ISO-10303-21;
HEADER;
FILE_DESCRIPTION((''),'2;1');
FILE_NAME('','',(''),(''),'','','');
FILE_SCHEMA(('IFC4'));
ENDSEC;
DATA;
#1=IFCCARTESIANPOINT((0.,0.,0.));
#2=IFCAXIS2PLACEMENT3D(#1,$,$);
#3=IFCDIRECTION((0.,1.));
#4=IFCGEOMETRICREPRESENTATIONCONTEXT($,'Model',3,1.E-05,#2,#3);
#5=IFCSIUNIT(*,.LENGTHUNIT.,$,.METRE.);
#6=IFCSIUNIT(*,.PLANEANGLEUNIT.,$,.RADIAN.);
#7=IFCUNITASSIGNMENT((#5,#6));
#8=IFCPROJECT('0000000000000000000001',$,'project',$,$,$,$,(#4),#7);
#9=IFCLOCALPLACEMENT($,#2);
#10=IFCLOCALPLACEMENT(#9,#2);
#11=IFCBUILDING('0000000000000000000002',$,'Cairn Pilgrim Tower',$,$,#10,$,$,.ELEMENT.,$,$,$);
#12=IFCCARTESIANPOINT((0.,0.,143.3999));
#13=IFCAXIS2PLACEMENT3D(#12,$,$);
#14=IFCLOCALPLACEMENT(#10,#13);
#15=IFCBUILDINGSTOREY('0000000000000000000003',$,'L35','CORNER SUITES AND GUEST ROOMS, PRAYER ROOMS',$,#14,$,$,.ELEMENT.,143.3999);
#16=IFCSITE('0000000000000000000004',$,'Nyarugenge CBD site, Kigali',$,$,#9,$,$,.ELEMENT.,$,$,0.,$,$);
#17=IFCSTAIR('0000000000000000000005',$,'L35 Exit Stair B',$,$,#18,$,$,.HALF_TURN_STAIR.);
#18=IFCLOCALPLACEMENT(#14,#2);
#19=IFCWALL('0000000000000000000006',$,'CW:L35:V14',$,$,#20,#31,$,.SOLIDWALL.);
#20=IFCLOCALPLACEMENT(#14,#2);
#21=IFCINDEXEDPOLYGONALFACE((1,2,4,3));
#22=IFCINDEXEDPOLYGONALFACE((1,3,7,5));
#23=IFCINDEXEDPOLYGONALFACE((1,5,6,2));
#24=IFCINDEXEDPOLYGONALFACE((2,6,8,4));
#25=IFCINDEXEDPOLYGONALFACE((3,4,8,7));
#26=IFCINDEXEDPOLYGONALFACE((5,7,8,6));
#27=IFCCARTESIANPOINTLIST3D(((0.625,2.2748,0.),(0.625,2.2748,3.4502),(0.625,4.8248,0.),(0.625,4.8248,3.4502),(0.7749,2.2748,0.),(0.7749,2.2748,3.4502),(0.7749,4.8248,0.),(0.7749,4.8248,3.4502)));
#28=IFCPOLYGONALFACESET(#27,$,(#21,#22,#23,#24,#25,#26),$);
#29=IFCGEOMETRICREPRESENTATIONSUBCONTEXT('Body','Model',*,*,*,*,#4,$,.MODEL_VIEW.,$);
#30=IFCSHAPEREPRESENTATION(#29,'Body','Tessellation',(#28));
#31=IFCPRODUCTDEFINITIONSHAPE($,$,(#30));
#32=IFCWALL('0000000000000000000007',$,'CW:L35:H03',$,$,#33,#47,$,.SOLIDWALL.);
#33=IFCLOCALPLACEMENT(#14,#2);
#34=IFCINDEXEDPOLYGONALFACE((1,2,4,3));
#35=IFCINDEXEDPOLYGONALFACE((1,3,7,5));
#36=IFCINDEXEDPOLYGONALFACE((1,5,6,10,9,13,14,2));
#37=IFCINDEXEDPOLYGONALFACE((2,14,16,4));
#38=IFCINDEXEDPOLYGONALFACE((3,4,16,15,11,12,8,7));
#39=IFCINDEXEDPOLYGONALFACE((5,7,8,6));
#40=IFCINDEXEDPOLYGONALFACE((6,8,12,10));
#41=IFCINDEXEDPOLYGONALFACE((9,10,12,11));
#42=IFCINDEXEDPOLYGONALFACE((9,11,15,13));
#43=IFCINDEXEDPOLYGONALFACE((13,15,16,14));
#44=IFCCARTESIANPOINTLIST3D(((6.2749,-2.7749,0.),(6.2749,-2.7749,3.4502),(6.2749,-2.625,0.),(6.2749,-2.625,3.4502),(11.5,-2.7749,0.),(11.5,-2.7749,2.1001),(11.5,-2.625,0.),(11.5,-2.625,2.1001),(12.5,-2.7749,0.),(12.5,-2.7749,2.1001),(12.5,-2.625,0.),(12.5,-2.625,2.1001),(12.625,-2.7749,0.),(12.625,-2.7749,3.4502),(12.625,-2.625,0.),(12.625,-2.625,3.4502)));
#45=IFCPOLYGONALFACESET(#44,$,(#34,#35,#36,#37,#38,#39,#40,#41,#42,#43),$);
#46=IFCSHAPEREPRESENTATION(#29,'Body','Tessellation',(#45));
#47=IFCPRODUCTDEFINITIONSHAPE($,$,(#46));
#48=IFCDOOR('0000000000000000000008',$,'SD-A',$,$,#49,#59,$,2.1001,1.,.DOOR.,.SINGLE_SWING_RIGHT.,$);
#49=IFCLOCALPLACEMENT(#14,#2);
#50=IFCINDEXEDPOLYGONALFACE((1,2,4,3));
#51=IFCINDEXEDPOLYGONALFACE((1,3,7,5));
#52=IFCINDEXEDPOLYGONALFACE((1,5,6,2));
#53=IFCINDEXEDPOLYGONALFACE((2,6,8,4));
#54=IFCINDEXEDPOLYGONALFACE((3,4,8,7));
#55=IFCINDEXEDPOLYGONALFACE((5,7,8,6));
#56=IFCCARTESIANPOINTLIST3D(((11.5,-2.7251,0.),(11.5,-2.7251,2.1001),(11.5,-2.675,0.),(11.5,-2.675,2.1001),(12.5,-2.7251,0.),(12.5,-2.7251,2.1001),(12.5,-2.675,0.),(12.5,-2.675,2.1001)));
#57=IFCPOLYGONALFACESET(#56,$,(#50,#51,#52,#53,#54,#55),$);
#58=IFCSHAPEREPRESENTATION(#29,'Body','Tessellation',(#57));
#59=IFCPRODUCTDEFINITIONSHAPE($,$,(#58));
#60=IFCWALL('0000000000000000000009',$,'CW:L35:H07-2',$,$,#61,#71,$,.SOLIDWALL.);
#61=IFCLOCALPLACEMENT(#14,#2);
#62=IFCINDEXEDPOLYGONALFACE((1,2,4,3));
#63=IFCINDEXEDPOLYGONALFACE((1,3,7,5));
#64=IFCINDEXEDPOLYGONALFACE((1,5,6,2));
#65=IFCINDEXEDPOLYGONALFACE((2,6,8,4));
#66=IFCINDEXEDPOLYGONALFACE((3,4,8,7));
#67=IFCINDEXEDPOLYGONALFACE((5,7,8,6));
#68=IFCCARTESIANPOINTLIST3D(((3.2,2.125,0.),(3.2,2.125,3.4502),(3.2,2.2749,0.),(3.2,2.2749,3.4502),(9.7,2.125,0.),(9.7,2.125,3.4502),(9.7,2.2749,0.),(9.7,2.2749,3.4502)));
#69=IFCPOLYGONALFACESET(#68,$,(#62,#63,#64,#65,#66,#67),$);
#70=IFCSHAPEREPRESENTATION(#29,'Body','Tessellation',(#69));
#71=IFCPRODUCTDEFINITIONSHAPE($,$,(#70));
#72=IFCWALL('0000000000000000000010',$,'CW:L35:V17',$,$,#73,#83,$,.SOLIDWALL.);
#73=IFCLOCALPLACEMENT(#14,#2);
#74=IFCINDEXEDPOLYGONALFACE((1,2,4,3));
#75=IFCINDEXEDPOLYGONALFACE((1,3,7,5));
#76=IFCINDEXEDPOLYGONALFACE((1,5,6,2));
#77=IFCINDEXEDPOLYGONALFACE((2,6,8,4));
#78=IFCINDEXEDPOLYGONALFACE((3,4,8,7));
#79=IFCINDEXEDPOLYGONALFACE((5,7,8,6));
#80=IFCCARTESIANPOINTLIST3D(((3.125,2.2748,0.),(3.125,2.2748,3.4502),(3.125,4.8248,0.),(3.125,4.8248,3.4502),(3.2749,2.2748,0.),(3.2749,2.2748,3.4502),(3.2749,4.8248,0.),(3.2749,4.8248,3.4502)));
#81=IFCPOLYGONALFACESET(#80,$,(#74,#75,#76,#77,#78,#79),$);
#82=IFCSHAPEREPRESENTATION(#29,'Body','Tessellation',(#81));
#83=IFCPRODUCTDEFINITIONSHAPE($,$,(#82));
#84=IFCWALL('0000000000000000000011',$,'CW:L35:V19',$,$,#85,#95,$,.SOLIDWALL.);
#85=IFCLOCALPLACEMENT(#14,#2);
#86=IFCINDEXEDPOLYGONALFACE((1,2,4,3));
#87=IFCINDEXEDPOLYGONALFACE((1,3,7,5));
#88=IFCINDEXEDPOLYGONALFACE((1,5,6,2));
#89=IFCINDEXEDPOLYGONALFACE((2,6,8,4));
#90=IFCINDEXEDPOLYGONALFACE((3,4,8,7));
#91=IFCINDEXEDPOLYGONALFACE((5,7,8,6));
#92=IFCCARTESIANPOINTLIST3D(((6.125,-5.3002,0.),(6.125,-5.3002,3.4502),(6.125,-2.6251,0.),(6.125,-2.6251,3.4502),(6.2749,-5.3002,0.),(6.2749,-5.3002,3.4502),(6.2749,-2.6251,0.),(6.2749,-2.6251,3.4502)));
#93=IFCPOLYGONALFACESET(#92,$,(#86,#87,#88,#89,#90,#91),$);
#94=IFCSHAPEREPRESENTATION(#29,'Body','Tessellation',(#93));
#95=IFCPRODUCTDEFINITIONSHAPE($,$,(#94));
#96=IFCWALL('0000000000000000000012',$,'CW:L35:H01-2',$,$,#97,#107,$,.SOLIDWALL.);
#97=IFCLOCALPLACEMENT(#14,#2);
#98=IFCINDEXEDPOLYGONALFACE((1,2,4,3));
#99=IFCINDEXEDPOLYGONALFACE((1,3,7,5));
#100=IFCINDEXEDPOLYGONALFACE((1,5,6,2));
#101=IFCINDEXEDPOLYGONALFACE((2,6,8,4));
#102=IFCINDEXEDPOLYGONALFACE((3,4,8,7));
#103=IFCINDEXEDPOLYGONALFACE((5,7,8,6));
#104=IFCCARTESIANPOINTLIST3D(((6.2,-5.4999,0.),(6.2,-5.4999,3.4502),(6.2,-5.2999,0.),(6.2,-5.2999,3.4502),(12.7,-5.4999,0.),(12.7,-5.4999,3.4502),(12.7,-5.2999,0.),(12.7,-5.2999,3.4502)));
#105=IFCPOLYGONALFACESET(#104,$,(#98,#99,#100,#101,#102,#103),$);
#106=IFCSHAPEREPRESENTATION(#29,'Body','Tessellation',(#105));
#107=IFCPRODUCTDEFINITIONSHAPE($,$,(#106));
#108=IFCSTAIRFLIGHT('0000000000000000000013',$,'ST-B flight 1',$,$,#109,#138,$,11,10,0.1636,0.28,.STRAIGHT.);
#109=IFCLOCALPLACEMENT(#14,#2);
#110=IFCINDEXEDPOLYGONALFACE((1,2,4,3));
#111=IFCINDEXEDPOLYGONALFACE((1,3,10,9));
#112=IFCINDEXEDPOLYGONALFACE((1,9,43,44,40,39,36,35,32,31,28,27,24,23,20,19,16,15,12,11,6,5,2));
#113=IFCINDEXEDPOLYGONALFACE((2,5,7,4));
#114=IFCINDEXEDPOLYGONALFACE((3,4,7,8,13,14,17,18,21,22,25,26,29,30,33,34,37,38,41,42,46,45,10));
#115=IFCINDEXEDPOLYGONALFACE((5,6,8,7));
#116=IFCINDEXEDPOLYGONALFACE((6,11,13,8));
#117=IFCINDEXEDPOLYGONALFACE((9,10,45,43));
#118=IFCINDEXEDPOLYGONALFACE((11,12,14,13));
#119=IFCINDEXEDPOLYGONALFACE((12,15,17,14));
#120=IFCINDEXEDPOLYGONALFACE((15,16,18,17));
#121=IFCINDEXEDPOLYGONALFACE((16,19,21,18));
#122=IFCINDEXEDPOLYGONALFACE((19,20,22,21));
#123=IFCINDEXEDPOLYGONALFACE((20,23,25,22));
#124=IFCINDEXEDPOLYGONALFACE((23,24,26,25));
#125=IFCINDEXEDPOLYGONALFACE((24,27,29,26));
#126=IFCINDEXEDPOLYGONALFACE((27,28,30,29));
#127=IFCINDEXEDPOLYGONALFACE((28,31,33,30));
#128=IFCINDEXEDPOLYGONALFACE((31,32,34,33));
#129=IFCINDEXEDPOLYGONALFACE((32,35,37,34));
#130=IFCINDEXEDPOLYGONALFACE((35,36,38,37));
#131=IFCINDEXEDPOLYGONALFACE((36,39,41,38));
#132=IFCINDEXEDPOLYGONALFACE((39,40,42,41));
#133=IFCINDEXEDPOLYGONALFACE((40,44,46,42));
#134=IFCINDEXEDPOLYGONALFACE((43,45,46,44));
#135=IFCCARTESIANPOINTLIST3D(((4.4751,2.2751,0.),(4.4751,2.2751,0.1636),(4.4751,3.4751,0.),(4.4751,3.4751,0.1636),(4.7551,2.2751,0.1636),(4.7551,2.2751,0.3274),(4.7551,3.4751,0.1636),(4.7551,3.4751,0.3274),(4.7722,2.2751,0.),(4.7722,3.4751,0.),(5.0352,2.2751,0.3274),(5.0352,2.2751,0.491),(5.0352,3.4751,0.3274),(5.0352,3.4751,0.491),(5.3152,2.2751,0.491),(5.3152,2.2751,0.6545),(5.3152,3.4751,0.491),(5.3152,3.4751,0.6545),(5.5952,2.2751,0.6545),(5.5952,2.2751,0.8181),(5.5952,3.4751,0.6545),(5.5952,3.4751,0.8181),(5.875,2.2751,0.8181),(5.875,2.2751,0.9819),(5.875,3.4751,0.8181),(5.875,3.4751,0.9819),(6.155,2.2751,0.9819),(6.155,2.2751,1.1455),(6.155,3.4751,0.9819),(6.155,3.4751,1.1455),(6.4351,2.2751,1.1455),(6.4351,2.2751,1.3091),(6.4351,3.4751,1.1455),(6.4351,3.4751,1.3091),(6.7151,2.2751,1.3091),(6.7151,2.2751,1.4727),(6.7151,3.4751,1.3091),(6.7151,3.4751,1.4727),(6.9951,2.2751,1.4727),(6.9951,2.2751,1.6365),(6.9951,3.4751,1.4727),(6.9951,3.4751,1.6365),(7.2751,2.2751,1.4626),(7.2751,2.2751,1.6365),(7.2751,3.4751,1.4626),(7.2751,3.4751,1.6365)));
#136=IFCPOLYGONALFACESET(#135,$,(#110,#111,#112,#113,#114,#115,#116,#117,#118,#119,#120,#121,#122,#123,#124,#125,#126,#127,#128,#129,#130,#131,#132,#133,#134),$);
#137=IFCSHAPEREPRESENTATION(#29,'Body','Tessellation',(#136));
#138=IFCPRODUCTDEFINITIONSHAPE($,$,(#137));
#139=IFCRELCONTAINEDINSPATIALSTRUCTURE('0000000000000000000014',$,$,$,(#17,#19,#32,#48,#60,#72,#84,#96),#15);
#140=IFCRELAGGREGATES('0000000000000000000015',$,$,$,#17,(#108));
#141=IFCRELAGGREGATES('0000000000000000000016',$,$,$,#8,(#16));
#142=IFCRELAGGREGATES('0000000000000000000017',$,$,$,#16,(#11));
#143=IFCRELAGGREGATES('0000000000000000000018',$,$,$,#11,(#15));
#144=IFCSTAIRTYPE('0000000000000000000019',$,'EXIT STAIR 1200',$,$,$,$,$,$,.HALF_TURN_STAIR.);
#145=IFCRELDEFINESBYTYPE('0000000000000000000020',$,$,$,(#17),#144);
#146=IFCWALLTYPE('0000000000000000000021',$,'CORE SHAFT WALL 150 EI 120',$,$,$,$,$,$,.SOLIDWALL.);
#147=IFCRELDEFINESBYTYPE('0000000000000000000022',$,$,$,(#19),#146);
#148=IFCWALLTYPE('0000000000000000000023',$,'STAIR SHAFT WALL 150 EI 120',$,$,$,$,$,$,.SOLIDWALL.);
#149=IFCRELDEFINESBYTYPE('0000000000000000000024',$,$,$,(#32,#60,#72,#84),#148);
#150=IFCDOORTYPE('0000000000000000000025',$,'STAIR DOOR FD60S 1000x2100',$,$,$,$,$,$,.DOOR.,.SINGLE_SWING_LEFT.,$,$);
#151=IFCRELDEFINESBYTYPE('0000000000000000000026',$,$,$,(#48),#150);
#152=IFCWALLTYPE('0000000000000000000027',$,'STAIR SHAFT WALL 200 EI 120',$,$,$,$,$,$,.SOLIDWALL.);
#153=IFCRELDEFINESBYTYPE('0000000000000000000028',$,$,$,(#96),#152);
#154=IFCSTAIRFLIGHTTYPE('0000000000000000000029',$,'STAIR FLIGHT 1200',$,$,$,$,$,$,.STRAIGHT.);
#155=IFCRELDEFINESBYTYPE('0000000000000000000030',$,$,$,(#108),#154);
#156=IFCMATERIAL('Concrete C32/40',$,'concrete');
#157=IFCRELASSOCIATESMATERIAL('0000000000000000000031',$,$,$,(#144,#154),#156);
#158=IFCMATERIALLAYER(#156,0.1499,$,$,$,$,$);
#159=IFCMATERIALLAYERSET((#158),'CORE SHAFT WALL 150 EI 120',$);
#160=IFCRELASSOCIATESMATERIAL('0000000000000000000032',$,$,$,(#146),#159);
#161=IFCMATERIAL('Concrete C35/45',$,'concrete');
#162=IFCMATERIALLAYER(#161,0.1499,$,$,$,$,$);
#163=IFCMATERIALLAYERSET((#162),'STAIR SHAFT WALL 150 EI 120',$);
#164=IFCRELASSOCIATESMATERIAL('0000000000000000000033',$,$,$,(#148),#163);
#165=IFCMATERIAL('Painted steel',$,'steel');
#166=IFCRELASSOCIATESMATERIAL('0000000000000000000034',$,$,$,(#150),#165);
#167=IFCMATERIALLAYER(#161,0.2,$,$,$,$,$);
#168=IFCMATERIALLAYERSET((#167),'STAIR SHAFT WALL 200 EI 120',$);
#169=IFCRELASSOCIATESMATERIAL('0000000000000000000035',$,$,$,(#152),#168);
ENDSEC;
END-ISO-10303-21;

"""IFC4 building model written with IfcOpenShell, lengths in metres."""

from ifc_helpers import new_model, si_unit, direction, frame, frame_2d, origin, place, context, subcontext, project, spatial, polyline, rectangle, outline, extrude, material, layer, layer_set, type_object, element, fill, aggregate, save


model = new_model("IFC4")

# Units and contexts
model_context = context("Model", 3, precision=1e-05, world=origin(), true_north=direction((0.0, 1.0)))
body_context = subcontext(model_context, "Body", "Model", "MODEL_VIEW")
ifc_project = project(units=[si_unit("LENGTHUNIT", "METRE"), si_unit("PLANEANGLEUNIT", "RADIAN")], contexts=[model_context])

# Site, building, storey
site_placement = place(None, origin())
site = spatial("IfcSite", under=ifc_project, at=site_placement, Name="Nyarugenge CBD site, Kigali", CompositionType="ELEMENT", RefElevation=0.0)
building_placement = place(site_placement, origin())
building = spatial("IfcBuilding", under=site, at=building_placement, Name="Cairn Pilgrim Tower", CompositionType="ELEMENT")
storey_placement = place(building_placement, frame((0.0, 0.0, 143.3999)))
storey = spatial("IfcBuildingStorey", under=building, at=storey_placement, Name="L35", Description="CORNER SUITES AND GUEST ROOMS, PRAYER ROOMS", CompositionType="ELEMENT", Elevation=143.3999)

# Stair
ifc_material_1 = material(Name="Concrete C32/40", Category="concrete")
stair_type = type_object("IfcStairType", Name="EXIT STAIR 1200", PredefinedType="HALF_TURN_STAIR", material=ifc_material_1)
stair_1_placement = place(storey_placement, origin())
stair_1 = element("IfcStair", 1, at=stair_1_placement, inside=storey, type_object=stair_type, Name="L35 Exit Stair B", PredefinedType="HALF_TURN_STAIR")

# Wall
ifc_layer_1 = layer(ifc_material_1, 0.1499)
ifc_layer_set_1 = layer_set([ifc_layer_1], Name="CORE SHAFT WALL 150 EI 120")
wall_type_1 = type_object("IfcWallType", Name="CORE SHAFT WALL 150 EI 120", PredefinedType="SOLIDWALL", material=ifc_layer_set_1)
wall_1_placement = place(storey_placement, frame((0.7, 2.2749, 0.0), z_axis=(0.0, 0.0, 1.0), x_axis=(0.0, 1.0, 0.0)))
element("IfcWall", 2, at=wall_1_placement, inside=storey, type_object=wall_type_1, Name="CW:L35:V14", PredefinedType="SOLIDWALL", context=body_context, shape_type="SweptSolid", body=[
    extrude(rectangle(XDim=2.55, YDim=0.1499, at=frame_2d((1.2749, 0.0))), origin(), (0.0, 0.0, 1.0), 3.4502),
])

# Wall, opening, door
ifc_material_2 = material(Name="Concrete C35/45", Category="concrete")
ifc_layer_2 = layer(ifc_material_2, 0.1499)
ifc_layer_set_2 = layer_set([ifc_layer_2], Name="STAIR SHAFT WALL 150 EI 120")
wall_type_2 = type_object("IfcWallType", Name="STAIR SHAFT WALL 150 EI 120", PredefinedType="SOLIDWALL", material=ifc_layer_set_2)
wall_2_placement = place(storey_placement, frame((6.2749, -2.7, 0.0), z_axis=(0.0, 0.0, 1.0), x_axis=(1.0, 0.0, 0.0)))
wall_2 = element("IfcWall", 3, at=wall_2_placement, inside=storey, type_object=wall_type_2, Name="CW:L35:H03", PredefinedType="SOLIDWALL", context=body_context, shape_type="SweptSolid", body=[
    extrude(rectangle(XDim=6.3501, YDim=0.1499, at=frame_2d((3.175, 0.0))), origin(), (0.0, 0.0, 1.0), 3.4502),
])
opening_placement = place(wall_2_placement, frame((5.2251, 0.0, 0.0)))
opening = element("IfcOpeningElement", 4, at=opening_placement, cuts=wall_2, PredefinedType="OPENING", context=body_context, shape_type="SweptSolid", body=[
    extrude(rectangle(XDim=1.0, YDim=2.1001, at=frame_2d((0.5, 1.05))), frame((0.0, 0.085, 0.0), z_axis=(0.0, -1.0, 0.0), x_axis=(1.0, 0.0, 0.0)), (0.0, 0.0, 1.0), 0.1699),
])
ifc_material_3 = material(Name="Painted steel", Category="steel")
door_type = type_object("IfcDoorType", Name="STAIR DOOR FD60S 1000x2100", OperationType="SINGLE_SWING_LEFT", PredefinedType="DOOR", material=ifc_material_3)
door_placement = place(opening_placement, origin())
door = element("IfcDoor", 5, at=door_placement, inside=storey, type_object=door_type, Name="SD-A", OperationType="SINGLE_SWING_RIGHT", OverallHeight=2.1001, OverallWidth=1.0, PredefinedType="DOOR", context=body_context, shape_type="SweptSolid", body=[
    extrude(rectangle(XDim=1.0, YDim=2.1001, at=frame_2d((0.5, 1.05))), frame((0.0, 0.0249, 0.0), z_axis=(0.0, -1.0, 0.0), x_axis=(1.0, 0.0, 0.0)), (0.0, 0.0, 1.0), 0.05),
])
fill(opening, door)

# Walls
wall_3_placement = place(storey_placement, frame((3.2, 2.2, 0.0), z_axis=(0.0, 0.0, 1.0), x_axis=(1.0, 0.0, 0.0)))
element("IfcWall", 6, at=wall_3_placement, inside=storey, type_object=wall_type_2, Name="CW:L35:H07-2", PredefinedType="SOLIDWALL", context=body_context, shape_type="SweptSolid", body=[
    extrude(rectangle(XDim=6.5, YDim=0.1499, at=frame_2d((3.25, 0.0))), origin(), (0.0, 0.0, 1.0), 3.4502),
])
wall_4_placement = place(storey_placement, frame((3.2, 2.2749, 0.0), z_axis=(0.0, 0.0, 1.0), x_axis=(0.0, 1.0, 0.0)))
element("IfcWall", 7, at=wall_4_placement, inside=storey, type_object=wall_type_2, Name="CW:L35:V17", PredefinedType="SOLIDWALL", context=body_context, shape_type="SweptSolid", body=[
    extrude(rectangle(XDim=2.55, YDim=0.1499, at=frame_2d((1.2749, 0.0))), origin(), (0.0, 0.0, 1.0), 3.4502),
])
wall_5_placement = place(storey_placement, frame((6.2, -5.3, 0.0), z_axis=(0.0, 0.0, 1.0), x_axis=(0.0, 1.0, 0.0)))
element("IfcWall", 8, at=wall_5_placement, inside=storey, type_object=wall_type_2, Name="CW:L35:V19", PredefinedType="SOLIDWALL", context=body_context, shape_type="SweptSolid", body=[
    extrude(rectangle(XDim=2.675, YDim=0.1499, at=frame_2d((1.3374, 0.0))), origin(), (0.0, 0.0, 1.0), 3.4502),
])
ifc_layer_3 = layer(ifc_material_2, 0.2)
ifc_layer_set_3 = layer_set([ifc_layer_3], Name="STAIR SHAFT WALL 200 EI 120")
wall_type_3 = type_object("IfcWallType", Name="STAIR SHAFT WALL 200 EI 120", PredefinedType="SOLIDWALL", material=ifc_layer_set_3)
wall_6_placement = place(storey_placement, frame((6.2, -5.3999, 0.0), z_axis=(0.0, 0.0, 1.0), x_axis=(1.0, 0.0, 0.0)))
element("IfcWall", 9, at=wall_6_placement, inside=storey, type_object=wall_type_3, Name="CW:L35:H01-2", PredefinedType="SOLIDWALL", context=body_context, shape_type="SweptSolid", body=[
    extrude(rectangle(XDim=6.5, YDim=0.2, at=frame_2d((3.25, 0.0))), origin(), (0.0, 0.0, 1.0), 3.4502),
])

# Stair flight
stair_flight_type = type_object("IfcStairFlightType", Name="STAIR FLIGHT 1200", PredefinedType="STRAIGHT", material=ifc_material_1)
stair_flight_placement = place(storey_placement, frame((4.4751, 2.875, 0.0), z_axis=(0.0, 0.0, 1.0), x_axis=(1.0, 0.0, 0.0)))
stair_flight = element("IfcStairFlight", 10, at=stair_flight_placement, type_object=stair_flight_type, Name="ST-B flight 1", NumberOfRisers=11, NumberOfTreads=10, PredefinedType="STRAIGHT", RiserHeight=0.1636, TreadLength=0.28, context=body_context, shape_type="SweptSolid", body=[
    extrude(outline(polyline([(0.0, 0.0), (0.0, 0.1636), (0.28, 0.1636), (0.28, 0.3274), (0.5601, 0.3274), (0.5601, 0.491), (0.8401, 0.491), (0.8401, 0.6545), (1.1201, 0.6545), (1.1201, 0.8181), (1.3999, 0.8181), (1.3999, 0.9819), (1.6799, 0.9819), (1.6799, 1.1455), (1.96, 1.1455), (1.96, 1.3091), (2.24, 1.3091), (2.24, 1.4727), (2.52, 1.4727), (2.52, 1.6365), (2.8, 1.6365), (2.8, 1.8), (2.8, 1.4626), (0.2971, 0.0), (0.0, 0.0)])), frame((0.0, 0.6001, 0.0), z_axis=(0.0, -1.0, 0.0), x_axis=(1.0, 0.0, 0.0)), (0.0, 0.0, 1.0), 1.2),
])
aggregate(stair_1, [stair_flight])

save(model, "model.ifc")
